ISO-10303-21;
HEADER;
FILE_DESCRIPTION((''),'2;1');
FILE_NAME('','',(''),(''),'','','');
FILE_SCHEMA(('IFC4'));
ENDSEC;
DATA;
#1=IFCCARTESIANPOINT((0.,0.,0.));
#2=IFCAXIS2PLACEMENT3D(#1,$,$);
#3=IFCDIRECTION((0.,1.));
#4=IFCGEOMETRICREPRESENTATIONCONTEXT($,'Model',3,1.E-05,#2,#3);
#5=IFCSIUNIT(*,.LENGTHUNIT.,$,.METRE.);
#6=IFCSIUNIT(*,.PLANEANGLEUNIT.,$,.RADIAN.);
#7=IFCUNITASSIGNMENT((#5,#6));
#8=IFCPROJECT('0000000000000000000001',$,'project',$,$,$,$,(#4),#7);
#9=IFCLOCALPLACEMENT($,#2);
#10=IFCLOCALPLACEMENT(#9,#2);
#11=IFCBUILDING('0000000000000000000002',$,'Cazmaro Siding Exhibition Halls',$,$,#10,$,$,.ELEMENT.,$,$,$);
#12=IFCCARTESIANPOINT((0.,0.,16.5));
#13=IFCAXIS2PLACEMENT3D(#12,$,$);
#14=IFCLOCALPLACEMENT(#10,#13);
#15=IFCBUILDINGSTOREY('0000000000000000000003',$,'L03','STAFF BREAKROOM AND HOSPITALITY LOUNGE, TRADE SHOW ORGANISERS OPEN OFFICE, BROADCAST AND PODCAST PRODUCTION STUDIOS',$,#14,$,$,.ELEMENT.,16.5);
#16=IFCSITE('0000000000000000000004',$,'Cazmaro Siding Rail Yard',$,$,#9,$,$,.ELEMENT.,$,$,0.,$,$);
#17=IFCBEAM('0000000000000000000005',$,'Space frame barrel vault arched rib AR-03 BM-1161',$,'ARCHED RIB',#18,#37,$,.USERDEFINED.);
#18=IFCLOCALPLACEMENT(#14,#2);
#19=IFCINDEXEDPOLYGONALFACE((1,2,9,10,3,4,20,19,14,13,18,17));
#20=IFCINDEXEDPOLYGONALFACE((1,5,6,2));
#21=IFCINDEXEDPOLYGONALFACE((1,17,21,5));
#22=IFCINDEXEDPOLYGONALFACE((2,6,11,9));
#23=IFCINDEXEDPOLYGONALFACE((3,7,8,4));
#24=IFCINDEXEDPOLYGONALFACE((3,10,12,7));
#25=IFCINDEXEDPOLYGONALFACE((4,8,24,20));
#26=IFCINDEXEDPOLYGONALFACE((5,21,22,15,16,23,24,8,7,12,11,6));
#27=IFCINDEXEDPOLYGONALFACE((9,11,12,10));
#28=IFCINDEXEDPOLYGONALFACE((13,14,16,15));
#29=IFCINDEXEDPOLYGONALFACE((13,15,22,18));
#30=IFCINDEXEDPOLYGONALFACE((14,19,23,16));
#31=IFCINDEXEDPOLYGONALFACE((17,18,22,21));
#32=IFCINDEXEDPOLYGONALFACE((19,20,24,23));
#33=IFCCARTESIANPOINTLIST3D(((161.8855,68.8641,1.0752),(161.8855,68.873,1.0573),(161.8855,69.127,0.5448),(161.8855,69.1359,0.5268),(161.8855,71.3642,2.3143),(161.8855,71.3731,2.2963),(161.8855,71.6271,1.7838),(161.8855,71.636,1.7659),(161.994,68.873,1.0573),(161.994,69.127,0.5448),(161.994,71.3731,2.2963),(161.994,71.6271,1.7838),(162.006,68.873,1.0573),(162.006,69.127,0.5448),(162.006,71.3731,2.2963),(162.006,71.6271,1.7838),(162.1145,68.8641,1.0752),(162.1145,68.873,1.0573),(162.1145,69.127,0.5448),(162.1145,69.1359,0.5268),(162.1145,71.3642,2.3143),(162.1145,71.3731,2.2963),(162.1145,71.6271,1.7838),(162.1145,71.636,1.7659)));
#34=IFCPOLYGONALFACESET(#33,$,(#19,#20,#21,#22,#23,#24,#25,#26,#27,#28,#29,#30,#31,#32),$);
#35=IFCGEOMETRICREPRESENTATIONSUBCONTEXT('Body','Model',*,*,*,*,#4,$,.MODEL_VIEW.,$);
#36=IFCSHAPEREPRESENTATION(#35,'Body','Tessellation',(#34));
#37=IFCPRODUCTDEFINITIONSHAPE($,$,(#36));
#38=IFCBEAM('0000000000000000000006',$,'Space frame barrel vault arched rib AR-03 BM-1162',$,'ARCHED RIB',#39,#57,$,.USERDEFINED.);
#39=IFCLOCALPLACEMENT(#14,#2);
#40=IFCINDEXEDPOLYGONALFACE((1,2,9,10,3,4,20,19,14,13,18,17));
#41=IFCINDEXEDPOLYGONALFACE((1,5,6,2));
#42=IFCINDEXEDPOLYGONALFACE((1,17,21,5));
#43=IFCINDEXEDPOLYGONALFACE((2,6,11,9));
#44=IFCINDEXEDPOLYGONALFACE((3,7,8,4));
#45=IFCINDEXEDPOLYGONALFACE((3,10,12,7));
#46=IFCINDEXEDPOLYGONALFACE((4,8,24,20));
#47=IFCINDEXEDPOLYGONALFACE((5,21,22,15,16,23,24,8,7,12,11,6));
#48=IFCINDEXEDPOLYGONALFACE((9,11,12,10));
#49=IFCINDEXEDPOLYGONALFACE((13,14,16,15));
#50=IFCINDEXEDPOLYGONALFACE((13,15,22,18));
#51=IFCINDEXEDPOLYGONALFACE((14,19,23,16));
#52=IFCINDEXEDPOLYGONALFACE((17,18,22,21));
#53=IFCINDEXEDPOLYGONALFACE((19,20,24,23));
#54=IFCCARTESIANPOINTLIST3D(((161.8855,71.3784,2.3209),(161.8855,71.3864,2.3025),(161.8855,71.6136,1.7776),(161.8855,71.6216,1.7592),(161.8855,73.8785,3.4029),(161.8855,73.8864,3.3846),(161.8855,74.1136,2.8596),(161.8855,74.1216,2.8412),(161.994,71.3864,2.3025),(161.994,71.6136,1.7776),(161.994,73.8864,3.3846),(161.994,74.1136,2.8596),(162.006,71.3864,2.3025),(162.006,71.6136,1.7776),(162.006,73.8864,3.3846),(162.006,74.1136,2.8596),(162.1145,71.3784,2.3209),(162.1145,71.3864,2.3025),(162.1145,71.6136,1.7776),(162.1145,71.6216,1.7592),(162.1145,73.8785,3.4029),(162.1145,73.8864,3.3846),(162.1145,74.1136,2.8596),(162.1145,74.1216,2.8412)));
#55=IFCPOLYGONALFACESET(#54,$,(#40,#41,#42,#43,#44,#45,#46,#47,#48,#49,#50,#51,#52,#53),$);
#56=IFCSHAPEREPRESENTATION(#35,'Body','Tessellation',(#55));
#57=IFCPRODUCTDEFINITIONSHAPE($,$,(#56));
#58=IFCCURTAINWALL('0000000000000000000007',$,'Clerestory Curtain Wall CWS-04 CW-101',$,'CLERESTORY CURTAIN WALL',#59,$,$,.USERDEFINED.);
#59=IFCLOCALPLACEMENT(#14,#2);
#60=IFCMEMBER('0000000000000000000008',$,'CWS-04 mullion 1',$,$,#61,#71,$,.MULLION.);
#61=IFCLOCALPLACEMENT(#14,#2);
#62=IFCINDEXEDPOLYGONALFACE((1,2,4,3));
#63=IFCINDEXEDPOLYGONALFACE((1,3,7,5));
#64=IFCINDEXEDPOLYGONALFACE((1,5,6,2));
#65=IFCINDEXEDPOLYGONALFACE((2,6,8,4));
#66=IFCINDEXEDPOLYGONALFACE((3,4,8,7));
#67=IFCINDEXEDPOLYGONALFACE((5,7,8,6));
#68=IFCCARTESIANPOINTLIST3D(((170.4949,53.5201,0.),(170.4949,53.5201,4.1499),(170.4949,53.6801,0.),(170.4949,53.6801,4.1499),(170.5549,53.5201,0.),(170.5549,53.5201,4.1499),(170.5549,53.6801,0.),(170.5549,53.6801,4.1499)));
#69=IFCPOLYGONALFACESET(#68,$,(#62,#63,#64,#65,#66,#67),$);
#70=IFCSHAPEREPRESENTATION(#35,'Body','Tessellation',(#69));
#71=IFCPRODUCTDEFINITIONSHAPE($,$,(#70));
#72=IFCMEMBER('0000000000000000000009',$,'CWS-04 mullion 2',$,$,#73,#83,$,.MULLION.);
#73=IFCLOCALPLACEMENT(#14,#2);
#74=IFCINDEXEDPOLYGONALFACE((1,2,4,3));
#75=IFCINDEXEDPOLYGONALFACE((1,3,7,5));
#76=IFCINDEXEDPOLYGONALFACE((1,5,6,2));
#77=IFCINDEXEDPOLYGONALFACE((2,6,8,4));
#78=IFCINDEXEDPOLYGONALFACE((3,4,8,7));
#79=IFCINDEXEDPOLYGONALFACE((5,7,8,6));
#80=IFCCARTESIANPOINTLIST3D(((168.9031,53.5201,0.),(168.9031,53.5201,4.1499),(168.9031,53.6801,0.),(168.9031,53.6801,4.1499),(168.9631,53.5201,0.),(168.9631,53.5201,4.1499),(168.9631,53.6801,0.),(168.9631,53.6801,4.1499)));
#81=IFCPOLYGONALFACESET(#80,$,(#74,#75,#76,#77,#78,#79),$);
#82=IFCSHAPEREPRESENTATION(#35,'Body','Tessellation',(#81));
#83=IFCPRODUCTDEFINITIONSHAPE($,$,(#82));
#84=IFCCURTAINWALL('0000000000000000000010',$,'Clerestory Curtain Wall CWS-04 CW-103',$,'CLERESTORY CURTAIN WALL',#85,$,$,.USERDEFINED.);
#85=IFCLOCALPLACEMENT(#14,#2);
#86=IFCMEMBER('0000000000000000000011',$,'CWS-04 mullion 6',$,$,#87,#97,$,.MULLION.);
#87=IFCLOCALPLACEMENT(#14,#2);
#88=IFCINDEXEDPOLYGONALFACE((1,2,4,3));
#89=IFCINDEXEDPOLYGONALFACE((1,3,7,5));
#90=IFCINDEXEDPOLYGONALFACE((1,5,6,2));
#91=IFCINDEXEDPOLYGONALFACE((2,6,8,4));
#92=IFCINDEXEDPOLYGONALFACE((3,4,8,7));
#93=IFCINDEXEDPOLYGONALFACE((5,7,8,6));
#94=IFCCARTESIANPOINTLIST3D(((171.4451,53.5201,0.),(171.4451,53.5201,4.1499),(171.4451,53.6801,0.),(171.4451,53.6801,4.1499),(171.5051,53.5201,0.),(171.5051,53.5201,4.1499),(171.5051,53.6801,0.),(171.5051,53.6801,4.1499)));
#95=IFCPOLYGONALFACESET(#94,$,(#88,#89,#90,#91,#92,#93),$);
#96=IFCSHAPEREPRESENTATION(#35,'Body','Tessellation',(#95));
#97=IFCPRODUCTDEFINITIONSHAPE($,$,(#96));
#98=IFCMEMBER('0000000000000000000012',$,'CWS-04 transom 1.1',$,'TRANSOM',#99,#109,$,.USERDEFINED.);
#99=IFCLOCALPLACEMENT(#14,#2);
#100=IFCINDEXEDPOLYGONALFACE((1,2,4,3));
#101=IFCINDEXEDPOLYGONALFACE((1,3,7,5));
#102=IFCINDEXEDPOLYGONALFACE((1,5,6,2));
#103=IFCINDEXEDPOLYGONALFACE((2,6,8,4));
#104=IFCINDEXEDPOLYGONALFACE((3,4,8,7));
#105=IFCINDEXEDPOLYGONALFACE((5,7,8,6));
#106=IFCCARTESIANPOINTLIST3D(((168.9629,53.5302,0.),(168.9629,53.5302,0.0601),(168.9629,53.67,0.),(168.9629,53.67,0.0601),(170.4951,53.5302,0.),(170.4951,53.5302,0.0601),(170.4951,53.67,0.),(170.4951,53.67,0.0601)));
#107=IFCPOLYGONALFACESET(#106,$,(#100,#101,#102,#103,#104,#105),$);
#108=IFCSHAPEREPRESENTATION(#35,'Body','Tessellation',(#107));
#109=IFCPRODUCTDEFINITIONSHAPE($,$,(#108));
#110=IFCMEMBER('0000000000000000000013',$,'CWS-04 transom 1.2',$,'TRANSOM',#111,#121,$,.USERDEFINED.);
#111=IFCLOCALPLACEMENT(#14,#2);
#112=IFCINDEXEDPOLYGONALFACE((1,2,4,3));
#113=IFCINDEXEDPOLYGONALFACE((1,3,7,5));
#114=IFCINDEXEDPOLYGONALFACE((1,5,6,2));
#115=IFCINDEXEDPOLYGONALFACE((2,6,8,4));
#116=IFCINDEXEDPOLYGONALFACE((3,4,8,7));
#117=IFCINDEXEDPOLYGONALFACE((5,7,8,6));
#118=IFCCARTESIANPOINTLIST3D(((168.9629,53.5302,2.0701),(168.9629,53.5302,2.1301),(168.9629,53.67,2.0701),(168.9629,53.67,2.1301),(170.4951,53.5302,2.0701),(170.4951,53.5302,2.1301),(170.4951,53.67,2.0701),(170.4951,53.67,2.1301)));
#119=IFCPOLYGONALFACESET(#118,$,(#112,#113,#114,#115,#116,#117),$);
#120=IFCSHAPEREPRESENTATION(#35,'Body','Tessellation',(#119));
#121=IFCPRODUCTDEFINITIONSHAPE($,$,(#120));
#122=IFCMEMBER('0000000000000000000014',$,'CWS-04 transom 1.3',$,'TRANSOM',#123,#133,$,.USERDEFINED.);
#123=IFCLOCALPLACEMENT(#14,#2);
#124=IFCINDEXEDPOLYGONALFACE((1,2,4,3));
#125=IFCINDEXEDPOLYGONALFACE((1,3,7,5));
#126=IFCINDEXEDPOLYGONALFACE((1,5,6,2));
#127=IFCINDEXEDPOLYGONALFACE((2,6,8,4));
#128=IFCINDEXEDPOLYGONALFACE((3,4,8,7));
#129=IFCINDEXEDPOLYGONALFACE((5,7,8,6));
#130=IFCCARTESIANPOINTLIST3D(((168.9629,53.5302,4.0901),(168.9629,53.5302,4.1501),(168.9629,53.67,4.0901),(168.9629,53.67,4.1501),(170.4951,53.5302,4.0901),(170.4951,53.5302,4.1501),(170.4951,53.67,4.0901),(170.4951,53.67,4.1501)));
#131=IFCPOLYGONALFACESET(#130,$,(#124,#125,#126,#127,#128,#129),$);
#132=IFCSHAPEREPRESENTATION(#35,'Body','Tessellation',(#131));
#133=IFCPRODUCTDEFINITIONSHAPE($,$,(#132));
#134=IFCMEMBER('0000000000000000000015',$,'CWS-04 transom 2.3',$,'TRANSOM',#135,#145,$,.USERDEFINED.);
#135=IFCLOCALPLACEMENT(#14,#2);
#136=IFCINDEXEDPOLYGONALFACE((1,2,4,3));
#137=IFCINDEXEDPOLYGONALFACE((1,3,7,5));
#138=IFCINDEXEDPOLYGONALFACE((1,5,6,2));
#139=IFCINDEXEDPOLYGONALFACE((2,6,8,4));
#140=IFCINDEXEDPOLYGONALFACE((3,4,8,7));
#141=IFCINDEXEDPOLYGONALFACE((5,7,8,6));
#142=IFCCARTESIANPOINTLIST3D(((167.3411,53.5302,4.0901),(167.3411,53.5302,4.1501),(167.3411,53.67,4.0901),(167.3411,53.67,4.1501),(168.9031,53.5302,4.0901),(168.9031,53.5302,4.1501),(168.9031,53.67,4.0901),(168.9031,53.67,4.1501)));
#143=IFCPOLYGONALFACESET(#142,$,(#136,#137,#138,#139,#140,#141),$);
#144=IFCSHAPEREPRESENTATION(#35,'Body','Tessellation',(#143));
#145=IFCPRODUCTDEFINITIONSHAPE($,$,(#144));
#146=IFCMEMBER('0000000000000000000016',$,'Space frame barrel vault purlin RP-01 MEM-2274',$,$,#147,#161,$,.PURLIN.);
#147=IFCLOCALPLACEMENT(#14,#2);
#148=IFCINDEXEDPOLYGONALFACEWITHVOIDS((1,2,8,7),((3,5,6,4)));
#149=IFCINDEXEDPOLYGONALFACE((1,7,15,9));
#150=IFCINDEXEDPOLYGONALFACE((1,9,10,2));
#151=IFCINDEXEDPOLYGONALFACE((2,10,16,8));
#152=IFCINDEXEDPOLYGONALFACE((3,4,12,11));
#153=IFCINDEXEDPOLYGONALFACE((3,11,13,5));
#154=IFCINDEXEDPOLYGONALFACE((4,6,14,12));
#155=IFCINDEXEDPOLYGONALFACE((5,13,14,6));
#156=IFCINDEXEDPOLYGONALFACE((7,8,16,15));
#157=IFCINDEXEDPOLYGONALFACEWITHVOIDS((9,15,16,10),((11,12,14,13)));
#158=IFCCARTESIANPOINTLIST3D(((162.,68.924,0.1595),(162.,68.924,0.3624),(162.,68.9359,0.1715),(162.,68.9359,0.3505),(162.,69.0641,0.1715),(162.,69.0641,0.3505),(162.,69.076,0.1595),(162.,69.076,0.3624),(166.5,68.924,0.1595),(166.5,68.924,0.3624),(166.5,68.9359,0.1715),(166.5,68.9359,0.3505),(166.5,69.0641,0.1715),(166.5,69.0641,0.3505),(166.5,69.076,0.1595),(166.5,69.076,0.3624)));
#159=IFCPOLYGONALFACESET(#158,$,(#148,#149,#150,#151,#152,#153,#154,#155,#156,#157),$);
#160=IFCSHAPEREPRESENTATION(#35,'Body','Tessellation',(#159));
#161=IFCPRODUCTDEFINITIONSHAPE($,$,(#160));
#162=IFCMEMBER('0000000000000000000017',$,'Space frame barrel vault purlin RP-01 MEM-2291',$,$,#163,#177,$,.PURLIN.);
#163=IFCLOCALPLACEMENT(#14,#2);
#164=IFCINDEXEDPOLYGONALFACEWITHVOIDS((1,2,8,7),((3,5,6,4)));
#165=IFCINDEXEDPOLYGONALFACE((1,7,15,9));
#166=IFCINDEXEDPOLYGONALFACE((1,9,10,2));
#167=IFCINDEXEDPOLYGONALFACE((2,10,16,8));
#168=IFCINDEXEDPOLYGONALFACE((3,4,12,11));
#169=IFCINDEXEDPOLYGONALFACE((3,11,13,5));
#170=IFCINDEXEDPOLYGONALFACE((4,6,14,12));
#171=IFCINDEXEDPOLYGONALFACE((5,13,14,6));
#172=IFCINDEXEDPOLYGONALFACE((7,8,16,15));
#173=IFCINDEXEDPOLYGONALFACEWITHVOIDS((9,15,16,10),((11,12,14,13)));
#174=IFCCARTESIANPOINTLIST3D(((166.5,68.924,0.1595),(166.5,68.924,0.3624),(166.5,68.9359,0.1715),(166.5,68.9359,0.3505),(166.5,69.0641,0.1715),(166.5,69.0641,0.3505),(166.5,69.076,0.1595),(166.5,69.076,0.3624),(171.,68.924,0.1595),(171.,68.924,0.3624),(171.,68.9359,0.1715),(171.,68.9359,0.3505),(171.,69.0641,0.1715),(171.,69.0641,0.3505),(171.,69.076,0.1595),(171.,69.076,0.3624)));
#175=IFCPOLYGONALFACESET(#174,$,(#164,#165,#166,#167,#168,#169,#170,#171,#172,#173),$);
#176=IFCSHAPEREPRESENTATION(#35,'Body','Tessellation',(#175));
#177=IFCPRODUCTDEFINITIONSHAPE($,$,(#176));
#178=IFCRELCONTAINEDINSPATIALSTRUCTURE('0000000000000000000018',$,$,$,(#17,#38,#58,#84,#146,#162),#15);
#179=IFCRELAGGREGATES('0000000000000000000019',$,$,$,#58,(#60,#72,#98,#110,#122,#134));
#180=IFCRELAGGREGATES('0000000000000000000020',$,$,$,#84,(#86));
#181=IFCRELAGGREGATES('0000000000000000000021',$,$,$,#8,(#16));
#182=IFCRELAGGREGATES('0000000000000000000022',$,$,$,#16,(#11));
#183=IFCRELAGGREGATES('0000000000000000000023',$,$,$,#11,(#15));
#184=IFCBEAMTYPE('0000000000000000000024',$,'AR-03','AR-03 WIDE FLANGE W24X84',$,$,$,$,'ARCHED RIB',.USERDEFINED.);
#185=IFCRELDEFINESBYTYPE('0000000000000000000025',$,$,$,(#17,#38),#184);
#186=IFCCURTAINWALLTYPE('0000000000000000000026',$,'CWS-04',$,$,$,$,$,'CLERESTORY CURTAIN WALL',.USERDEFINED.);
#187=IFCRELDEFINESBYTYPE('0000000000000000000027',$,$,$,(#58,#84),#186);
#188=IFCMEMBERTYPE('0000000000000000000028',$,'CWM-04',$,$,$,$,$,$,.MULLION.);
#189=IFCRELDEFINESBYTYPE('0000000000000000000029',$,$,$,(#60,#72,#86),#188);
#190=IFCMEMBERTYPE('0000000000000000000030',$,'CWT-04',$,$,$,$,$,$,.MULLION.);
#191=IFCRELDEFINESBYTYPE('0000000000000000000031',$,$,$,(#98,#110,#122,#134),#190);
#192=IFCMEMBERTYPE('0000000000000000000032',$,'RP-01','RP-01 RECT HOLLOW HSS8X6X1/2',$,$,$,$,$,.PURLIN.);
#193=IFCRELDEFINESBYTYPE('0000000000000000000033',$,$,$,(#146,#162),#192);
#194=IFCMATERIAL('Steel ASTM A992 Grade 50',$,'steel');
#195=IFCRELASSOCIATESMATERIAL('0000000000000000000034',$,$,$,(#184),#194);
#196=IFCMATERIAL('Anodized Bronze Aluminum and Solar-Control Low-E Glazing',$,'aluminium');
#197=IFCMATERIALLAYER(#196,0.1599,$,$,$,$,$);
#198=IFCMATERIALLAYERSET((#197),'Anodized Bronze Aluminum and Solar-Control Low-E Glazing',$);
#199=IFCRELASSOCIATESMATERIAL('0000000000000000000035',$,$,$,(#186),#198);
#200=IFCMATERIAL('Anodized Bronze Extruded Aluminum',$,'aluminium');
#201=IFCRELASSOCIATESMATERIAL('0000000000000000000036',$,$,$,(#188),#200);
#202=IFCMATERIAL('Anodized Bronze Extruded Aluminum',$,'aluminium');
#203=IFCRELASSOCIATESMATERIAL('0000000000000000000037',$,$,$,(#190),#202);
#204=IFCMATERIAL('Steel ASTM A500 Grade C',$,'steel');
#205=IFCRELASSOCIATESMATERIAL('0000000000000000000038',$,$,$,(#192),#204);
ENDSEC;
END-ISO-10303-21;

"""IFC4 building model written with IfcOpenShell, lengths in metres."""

from ifc_helpers import new_model, si_unit, direction, frame, origin, origin_2d, place, context, subcontext, project, spatial, rectangle, hollow_rectangle, i_section, extrude, material, layer, layer_set, material_profile, profile_set, type_object, element, aggregate, save


model = new_model("IFC4")

# Units and contexts
model_context = context("Model", 3, precision=1e-05, world=origin(), true_north=direction((0.0, 1.0)))
body_context = subcontext(model_context, "Body", "Model", "MODEL_VIEW")
ifc_project = project(units=[si_unit("LENGTHUNIT", "METRE"), si_unit("PLANEANGLEUNIT", "RADIAN")], contexts=[model_context])

# Site, building, storey
site_placement = place(None, origin())
site = spatial("IfcSite", under=ifc_project, at=site_placement, Name="Cazmaro Siding Rail Yard", CompositionType="ELEMENT", RefElevation=0.0)
building_placement = place(site_placement, origin())
building = spatial("IfcBuilding", under=site, at=building_placement, Name="Cazmaro Siding Exhibition Halls", CompositionType="ELEMENT")
storey_placement = place(building_placement, frame((0.0, 0.0, 16.5)))
storey = spatial("IfcBuildingStorey", under=building, at=storey_placement, Name="L03", Description="STAFF BREAKROOM AND HOSPITALITY LOUNGE, TRADE SHOW ORGANISERS OPEN OFFICE, BROADCAST AND PODCAST PRODUCTION STUDIOS", CompositionType="ELEMENT", Elevation=16.5)

# Beams
ifc_material_1 = material(Name="Steel ASTM A992 Grade 50", Category="steel")
ifc_material_profile_1 = material_profile(ifc_material_1, i_section(OverallWidth=0.229, OverallDepth=0.6121, WebThickness=0.012, FlangeThickness=0.02, at=origin_2d()), Name="W24X84")
ifc_profile_set_1 = profile_set([ifc_material_profile_1], Name="Steel ASTM A992 Grade 50")
beam_type_1 = type_object("IfcBeamType", Name="AR-03", Description="AR-03 WIDE FLANGE W24X84", ElementType="ARCHED RIB", PredefinedType="USERDEFINED", material=ifc_profile_set_1)
beam_1_placement = place(storey_placement, frame((162.0, 69.0, 0.801), z_axis=(0.0, 0.895997, 0.444061), x_axis=(-1.0, 0.0, 0.0)))
element("IfcBeam", 1, at=beam_1_placement, inside=storey, type_object=beam_type_1, Name="Space frame barrel vault arched rib AR-03 BM-1161", ObjectType="ARCHED RIB", PredefinedType="USERDEFINED", context=body_context, shape_type="SweptSolid", body=[
    extrude(i_section(OverallWidth=0.229, OverallDepth=0.6121, WebThickness=0.012, FlangeThickness=0.02, at=origin_2d()), origin(), (0.0, 0.0, 1.0), 2.7903),
])
beam_2_placement = place(storey_placement, frame((162.0, 71.5, 2.04), z_axis=(0.0, 0.91773, 0.397205), x_axis=(-1.0, 0.0, 0.0)))
element("IfcBeam", 2, at=beam_2_placement, inside=storey, type_object=beam_type_1, Name="Space frame barrel vault arched rib AR-03 BM-1162", ObjectType="ARCHED RIB", PredefinedType="USERDEFINED", context=body_context, shape_type="SweptSolid", body=[
    extrude(i_section(OverallWidth=0.229, OverallDepth=0.6121, WebThickness=0.012, FlangeThickness=0.02, at=origin_2d()), origin(), (0.0, 0.0, 1.0), 2.7241),
])

# Curtain wall, members
ifc_material_2 = material(Name="Anodized Bronze Aluminum and Solar-Control Low-E Glazing", Category="aluminium")
ifc_layer_1 = layer(ifc_material_2, 0.1599)
ifc_layer_set_1 = layer_set([ifc_layer_1], Name="Anodized Bronze Aluminum and Solar-Control Low-E Glazing")
curtain_wall_type = type_object("IfcCurtainWallType", Name="CWS-04", ElementType="CLERESTORY CURTAIN WALL", PredefinedType="USERDEFINED", material=ifc_layer_set_1)
curtain_wall_1_placement = place(storey_placement, origin())
curtain_wall_1 = element("IfcCurtainWall", 3, at=curtain_wall_1_placement, inside=storey, type_object=curtain_wall_type, Name="Clerestory Curtain Wall CWS-04 CW-101", ObjectType="CLERESTORY CURTAIN WALL", PredefinedType="USERDEFINED")
ifc_material_3 = material(Name="Anodized Bronze Extruded Aluminum", Category="aluminium")
ifc_material_profile_2 = material_profile(ifc_material_3, rectangle(XDim=0.1599, YDim=0.0601, at=origin_2d()), Name="CWM-04")
ifc_profile_set_2 = profile_set([ifc_material_profile_2], Name="Anodized Bronze Extruded Aluminum")
member_type_1 = type_object("IfcMemberType", Name="CWM-04", PredefinedType="MULLION", material=ifc_profile_set_2)
member_1_placement = place(storey_placement, frame((170.5249, 53.6001, 0.0), z_axis=(0.0, 0.0, 1.0), x_axis=(0.0, -1.0, 0.0)))
member_1 = element("IfcMember", 4, at=member_1_placement, type_object=member_type_1, Name="CWS-04 mullion 1", PredefinedType="MULLION", context=body_context, shape_type="SweptSolid", body=[
    extrude(rectangle(XDim=0.1599, YDim=0.0601, at=origin_2d()), origin(), (0.0, 0.0, 1.0), 4.1499),
])
member_2_placement = place(storey_placement, frame((168.9331, 53.6001, 0.0), z_axis=(0.0, 0.0, 1.0), x_axis=(0.0, -1.0, 0.0)))
member_2 = element("IfcMember", 5, at=member_2_placement, type_object=member_type_1, Name="CWS-04 mullion 2", PredefinedType="MULLION", context=body_context, shape_type="SweptSolid", body=[
    extrude(rectangle(XDim=0.1599, YDim=0.0601, at=origin_2d()), origin(), (0.0, 0.0, 1.0), 4.1499),
])

# Curtain wall, member
curtain_wall_2_placement = place(storey_placement, origin())
curtain_wall_2 = element("IfcCurtainWall", 6, at=curtain_wall_2_placement, inside=storey, type_object=curtain_wall_type, Name="Clerestory Curtain Wall CWS-04 CW-103", ObjectType="CLERESTORY CURTAIN WALL", PredefinedType="USERDEFINED")
member_3_placement = place(storey_placement, frame((171.4751, 53.6001, 0.0), z_axis=(0.0, 0.0, 1.0), x_axis=(0.0, -1.0, 0.0)))
member_3 = element("IfcMember", 7, at=member_3_placement, type_object=member_type_1, Name="CWS-04 mullion 6", PredefinedType="MULLION", context=body_context, shape_type="SweptSolid", body=[
    extrude(rectangle(XDim=0.1599, YDim=0.0601, at=origin_2d()), origin(), (0.0, 0.0, 1.0), 4.1499),
])

# Members
ifc_material_4 = material(Name="Anodized Bronze Extruded Aluminum", Category="aluminium")
ifc_material_profile_3 = material_profile(ifc_material_4, rectangle(XDim=0.1399, YDim=0.0601, at=origin_2d()), Name="CWT-04")
ifc_profile_set_3 = profile_set([ifc_material_profile_3], Name="Anodized Bronze Extruded Aluminum")
member_type_2 = type_object("IfcMemberType", Name="CWT-04", PredefinedType="MULLION", material=ifc_profile_set_3)
member_4_placement = place(storey_placement, frame((170.4951, 53.6001, 0.03), z_axis=(-1.0, 0.0, 0.0), x_axis=(0.0, -1.0, 0.0)))
member_4 = element("IfcMember", 8, at=member_4_placement, type_object=member_type_2, Name="CWS-04 transom 1.1", ObjectType="TRANSOM", PredefinedType="USERDEFINED", context=body_context, shape_type="SweptSolid", body=[
    extrude(rectangle(XDim=0.1399, YDim=0.0601, at=origin_2d()), origin(), (0.0, 0.0, 1.0), 1.5322),
])
member_5_placement = place(storey_placement, frame((170.4951, 53.6001, 2.1001), z_axis=(-1.0, 0.0, 0.0), x_axis=(0.0, -1.0, 0.0)))
member_5 = element("IfcMember", 9, at=member_5_placement, type_object=member_type_2, Name="CWS-04 transom 1.2", ObjectType="TRANSOM", PredefinedType="USERDEFINED", context=body_context, shape_type="SweptSolid", body=[
    extrude(rectangle(XDim=0.1399, YDim=0.0601, at=origin_2d()), origin(), (0.0, 0.0, 1.0), 1.5322),
])
member_6_placement = place(storey_placement, frame((170.4951, 53.6001, 4.1201), z_axis=(-1.0, 0.0, 0.0), x_axis=(0.0, -1.0, 0.0)))
member_6 = element("IfcMember", 10, at=member_6_placement, type_object=member_type_2, Name="CWS-04 transom 1.3", ObjectType="TRANSOM", PredefinedType="USERDEFINED", context=body_context, shape_type="SweptSolid", body=[
    extrude(rectangle(XDim=0.1399, YDim=0.0601, at=origin_2d()), origin(), (0.0, 0.0, 1.0), 1.5322),
])
member_7_placement = place(storey_placement, frame((168.9031, 53.6001, 4.1201), z_axis=(-1.0, 0.0, 0.0), x_axis=(0.0, -1.0, 0.0)))
member_7 = element("IfcMember", 11, at=member_7_placement, type_object=member_type_2, Name="CWS-04 transom 2.3", ObjectType="TRANSOM", PredefinedType="USERDEFINED", context=body_context, shape_type="SweptSolid", body=[
    extrude(rectangle(XDim=0.1399, YDim=0.0601, at=origin_2d()), origin(), (0.0, 0.0, 1.0), 1.562),
])

# Members
ifc_material_5 = material(Name="Steel ASTM A500 Grade C", Category="steel")
ifc_material_profile_4 = material_profile(ifc_material_5, hollow_rectangle(XDim=0.1521, YDim=0.2029, WallThickness=0.012, at=origin_2d()), Name="HSS8X6X1/2")
ifc_profile_set_4 = profile_set([ifc_material_profile_4], Name="Steel ASTM A500 Grade C")
member_type_3 = type_object("IfcMemberType", Name="RP-01", Description="RP-01 RECT HOLLOW HSS8X6X1/2", PredefinedType="PURLIN", material=ifc_profile_set_4)
for number, where, z_axis, x_axis, name in (
    (12, (162.0, 69.0, 0.261), (1.0, 0.0, 0.0), (0.0, 1.0, 0.0), "Space frame barrel vault purlin RP-01 MEM-2274"),
    (13, (166.5, 69.0, 0.261), (1.0, 0.0, 0.0), (0.0, 1.0, 0.0), "Space frame barrel vault purlin RP-01 MEM-2291"),
):
    element("IfcMember", number, at=place(storey_placement, frame(where, z_axis=z_axis, x_axis=x_axis)), inside=storey, type_object=member_type_3, Name=name, PredefinedType="PURLIN", context=body_context, shape_type="SweptSolid", body=[
        extrude(hollow_rectangle(XDim=0.1521, YDim=0.2029, WallThickness=0.012, at=origin_2d()), origin(), (0.0, 0.0, 1.0), 4.5),
    ])

aggregate(curtain_wall_1, [member_1, member_2, member_4, member_5, member_6, member_7])
aggregate(curtain_wall_2, [member_3])

save(model, "model.ifc")
